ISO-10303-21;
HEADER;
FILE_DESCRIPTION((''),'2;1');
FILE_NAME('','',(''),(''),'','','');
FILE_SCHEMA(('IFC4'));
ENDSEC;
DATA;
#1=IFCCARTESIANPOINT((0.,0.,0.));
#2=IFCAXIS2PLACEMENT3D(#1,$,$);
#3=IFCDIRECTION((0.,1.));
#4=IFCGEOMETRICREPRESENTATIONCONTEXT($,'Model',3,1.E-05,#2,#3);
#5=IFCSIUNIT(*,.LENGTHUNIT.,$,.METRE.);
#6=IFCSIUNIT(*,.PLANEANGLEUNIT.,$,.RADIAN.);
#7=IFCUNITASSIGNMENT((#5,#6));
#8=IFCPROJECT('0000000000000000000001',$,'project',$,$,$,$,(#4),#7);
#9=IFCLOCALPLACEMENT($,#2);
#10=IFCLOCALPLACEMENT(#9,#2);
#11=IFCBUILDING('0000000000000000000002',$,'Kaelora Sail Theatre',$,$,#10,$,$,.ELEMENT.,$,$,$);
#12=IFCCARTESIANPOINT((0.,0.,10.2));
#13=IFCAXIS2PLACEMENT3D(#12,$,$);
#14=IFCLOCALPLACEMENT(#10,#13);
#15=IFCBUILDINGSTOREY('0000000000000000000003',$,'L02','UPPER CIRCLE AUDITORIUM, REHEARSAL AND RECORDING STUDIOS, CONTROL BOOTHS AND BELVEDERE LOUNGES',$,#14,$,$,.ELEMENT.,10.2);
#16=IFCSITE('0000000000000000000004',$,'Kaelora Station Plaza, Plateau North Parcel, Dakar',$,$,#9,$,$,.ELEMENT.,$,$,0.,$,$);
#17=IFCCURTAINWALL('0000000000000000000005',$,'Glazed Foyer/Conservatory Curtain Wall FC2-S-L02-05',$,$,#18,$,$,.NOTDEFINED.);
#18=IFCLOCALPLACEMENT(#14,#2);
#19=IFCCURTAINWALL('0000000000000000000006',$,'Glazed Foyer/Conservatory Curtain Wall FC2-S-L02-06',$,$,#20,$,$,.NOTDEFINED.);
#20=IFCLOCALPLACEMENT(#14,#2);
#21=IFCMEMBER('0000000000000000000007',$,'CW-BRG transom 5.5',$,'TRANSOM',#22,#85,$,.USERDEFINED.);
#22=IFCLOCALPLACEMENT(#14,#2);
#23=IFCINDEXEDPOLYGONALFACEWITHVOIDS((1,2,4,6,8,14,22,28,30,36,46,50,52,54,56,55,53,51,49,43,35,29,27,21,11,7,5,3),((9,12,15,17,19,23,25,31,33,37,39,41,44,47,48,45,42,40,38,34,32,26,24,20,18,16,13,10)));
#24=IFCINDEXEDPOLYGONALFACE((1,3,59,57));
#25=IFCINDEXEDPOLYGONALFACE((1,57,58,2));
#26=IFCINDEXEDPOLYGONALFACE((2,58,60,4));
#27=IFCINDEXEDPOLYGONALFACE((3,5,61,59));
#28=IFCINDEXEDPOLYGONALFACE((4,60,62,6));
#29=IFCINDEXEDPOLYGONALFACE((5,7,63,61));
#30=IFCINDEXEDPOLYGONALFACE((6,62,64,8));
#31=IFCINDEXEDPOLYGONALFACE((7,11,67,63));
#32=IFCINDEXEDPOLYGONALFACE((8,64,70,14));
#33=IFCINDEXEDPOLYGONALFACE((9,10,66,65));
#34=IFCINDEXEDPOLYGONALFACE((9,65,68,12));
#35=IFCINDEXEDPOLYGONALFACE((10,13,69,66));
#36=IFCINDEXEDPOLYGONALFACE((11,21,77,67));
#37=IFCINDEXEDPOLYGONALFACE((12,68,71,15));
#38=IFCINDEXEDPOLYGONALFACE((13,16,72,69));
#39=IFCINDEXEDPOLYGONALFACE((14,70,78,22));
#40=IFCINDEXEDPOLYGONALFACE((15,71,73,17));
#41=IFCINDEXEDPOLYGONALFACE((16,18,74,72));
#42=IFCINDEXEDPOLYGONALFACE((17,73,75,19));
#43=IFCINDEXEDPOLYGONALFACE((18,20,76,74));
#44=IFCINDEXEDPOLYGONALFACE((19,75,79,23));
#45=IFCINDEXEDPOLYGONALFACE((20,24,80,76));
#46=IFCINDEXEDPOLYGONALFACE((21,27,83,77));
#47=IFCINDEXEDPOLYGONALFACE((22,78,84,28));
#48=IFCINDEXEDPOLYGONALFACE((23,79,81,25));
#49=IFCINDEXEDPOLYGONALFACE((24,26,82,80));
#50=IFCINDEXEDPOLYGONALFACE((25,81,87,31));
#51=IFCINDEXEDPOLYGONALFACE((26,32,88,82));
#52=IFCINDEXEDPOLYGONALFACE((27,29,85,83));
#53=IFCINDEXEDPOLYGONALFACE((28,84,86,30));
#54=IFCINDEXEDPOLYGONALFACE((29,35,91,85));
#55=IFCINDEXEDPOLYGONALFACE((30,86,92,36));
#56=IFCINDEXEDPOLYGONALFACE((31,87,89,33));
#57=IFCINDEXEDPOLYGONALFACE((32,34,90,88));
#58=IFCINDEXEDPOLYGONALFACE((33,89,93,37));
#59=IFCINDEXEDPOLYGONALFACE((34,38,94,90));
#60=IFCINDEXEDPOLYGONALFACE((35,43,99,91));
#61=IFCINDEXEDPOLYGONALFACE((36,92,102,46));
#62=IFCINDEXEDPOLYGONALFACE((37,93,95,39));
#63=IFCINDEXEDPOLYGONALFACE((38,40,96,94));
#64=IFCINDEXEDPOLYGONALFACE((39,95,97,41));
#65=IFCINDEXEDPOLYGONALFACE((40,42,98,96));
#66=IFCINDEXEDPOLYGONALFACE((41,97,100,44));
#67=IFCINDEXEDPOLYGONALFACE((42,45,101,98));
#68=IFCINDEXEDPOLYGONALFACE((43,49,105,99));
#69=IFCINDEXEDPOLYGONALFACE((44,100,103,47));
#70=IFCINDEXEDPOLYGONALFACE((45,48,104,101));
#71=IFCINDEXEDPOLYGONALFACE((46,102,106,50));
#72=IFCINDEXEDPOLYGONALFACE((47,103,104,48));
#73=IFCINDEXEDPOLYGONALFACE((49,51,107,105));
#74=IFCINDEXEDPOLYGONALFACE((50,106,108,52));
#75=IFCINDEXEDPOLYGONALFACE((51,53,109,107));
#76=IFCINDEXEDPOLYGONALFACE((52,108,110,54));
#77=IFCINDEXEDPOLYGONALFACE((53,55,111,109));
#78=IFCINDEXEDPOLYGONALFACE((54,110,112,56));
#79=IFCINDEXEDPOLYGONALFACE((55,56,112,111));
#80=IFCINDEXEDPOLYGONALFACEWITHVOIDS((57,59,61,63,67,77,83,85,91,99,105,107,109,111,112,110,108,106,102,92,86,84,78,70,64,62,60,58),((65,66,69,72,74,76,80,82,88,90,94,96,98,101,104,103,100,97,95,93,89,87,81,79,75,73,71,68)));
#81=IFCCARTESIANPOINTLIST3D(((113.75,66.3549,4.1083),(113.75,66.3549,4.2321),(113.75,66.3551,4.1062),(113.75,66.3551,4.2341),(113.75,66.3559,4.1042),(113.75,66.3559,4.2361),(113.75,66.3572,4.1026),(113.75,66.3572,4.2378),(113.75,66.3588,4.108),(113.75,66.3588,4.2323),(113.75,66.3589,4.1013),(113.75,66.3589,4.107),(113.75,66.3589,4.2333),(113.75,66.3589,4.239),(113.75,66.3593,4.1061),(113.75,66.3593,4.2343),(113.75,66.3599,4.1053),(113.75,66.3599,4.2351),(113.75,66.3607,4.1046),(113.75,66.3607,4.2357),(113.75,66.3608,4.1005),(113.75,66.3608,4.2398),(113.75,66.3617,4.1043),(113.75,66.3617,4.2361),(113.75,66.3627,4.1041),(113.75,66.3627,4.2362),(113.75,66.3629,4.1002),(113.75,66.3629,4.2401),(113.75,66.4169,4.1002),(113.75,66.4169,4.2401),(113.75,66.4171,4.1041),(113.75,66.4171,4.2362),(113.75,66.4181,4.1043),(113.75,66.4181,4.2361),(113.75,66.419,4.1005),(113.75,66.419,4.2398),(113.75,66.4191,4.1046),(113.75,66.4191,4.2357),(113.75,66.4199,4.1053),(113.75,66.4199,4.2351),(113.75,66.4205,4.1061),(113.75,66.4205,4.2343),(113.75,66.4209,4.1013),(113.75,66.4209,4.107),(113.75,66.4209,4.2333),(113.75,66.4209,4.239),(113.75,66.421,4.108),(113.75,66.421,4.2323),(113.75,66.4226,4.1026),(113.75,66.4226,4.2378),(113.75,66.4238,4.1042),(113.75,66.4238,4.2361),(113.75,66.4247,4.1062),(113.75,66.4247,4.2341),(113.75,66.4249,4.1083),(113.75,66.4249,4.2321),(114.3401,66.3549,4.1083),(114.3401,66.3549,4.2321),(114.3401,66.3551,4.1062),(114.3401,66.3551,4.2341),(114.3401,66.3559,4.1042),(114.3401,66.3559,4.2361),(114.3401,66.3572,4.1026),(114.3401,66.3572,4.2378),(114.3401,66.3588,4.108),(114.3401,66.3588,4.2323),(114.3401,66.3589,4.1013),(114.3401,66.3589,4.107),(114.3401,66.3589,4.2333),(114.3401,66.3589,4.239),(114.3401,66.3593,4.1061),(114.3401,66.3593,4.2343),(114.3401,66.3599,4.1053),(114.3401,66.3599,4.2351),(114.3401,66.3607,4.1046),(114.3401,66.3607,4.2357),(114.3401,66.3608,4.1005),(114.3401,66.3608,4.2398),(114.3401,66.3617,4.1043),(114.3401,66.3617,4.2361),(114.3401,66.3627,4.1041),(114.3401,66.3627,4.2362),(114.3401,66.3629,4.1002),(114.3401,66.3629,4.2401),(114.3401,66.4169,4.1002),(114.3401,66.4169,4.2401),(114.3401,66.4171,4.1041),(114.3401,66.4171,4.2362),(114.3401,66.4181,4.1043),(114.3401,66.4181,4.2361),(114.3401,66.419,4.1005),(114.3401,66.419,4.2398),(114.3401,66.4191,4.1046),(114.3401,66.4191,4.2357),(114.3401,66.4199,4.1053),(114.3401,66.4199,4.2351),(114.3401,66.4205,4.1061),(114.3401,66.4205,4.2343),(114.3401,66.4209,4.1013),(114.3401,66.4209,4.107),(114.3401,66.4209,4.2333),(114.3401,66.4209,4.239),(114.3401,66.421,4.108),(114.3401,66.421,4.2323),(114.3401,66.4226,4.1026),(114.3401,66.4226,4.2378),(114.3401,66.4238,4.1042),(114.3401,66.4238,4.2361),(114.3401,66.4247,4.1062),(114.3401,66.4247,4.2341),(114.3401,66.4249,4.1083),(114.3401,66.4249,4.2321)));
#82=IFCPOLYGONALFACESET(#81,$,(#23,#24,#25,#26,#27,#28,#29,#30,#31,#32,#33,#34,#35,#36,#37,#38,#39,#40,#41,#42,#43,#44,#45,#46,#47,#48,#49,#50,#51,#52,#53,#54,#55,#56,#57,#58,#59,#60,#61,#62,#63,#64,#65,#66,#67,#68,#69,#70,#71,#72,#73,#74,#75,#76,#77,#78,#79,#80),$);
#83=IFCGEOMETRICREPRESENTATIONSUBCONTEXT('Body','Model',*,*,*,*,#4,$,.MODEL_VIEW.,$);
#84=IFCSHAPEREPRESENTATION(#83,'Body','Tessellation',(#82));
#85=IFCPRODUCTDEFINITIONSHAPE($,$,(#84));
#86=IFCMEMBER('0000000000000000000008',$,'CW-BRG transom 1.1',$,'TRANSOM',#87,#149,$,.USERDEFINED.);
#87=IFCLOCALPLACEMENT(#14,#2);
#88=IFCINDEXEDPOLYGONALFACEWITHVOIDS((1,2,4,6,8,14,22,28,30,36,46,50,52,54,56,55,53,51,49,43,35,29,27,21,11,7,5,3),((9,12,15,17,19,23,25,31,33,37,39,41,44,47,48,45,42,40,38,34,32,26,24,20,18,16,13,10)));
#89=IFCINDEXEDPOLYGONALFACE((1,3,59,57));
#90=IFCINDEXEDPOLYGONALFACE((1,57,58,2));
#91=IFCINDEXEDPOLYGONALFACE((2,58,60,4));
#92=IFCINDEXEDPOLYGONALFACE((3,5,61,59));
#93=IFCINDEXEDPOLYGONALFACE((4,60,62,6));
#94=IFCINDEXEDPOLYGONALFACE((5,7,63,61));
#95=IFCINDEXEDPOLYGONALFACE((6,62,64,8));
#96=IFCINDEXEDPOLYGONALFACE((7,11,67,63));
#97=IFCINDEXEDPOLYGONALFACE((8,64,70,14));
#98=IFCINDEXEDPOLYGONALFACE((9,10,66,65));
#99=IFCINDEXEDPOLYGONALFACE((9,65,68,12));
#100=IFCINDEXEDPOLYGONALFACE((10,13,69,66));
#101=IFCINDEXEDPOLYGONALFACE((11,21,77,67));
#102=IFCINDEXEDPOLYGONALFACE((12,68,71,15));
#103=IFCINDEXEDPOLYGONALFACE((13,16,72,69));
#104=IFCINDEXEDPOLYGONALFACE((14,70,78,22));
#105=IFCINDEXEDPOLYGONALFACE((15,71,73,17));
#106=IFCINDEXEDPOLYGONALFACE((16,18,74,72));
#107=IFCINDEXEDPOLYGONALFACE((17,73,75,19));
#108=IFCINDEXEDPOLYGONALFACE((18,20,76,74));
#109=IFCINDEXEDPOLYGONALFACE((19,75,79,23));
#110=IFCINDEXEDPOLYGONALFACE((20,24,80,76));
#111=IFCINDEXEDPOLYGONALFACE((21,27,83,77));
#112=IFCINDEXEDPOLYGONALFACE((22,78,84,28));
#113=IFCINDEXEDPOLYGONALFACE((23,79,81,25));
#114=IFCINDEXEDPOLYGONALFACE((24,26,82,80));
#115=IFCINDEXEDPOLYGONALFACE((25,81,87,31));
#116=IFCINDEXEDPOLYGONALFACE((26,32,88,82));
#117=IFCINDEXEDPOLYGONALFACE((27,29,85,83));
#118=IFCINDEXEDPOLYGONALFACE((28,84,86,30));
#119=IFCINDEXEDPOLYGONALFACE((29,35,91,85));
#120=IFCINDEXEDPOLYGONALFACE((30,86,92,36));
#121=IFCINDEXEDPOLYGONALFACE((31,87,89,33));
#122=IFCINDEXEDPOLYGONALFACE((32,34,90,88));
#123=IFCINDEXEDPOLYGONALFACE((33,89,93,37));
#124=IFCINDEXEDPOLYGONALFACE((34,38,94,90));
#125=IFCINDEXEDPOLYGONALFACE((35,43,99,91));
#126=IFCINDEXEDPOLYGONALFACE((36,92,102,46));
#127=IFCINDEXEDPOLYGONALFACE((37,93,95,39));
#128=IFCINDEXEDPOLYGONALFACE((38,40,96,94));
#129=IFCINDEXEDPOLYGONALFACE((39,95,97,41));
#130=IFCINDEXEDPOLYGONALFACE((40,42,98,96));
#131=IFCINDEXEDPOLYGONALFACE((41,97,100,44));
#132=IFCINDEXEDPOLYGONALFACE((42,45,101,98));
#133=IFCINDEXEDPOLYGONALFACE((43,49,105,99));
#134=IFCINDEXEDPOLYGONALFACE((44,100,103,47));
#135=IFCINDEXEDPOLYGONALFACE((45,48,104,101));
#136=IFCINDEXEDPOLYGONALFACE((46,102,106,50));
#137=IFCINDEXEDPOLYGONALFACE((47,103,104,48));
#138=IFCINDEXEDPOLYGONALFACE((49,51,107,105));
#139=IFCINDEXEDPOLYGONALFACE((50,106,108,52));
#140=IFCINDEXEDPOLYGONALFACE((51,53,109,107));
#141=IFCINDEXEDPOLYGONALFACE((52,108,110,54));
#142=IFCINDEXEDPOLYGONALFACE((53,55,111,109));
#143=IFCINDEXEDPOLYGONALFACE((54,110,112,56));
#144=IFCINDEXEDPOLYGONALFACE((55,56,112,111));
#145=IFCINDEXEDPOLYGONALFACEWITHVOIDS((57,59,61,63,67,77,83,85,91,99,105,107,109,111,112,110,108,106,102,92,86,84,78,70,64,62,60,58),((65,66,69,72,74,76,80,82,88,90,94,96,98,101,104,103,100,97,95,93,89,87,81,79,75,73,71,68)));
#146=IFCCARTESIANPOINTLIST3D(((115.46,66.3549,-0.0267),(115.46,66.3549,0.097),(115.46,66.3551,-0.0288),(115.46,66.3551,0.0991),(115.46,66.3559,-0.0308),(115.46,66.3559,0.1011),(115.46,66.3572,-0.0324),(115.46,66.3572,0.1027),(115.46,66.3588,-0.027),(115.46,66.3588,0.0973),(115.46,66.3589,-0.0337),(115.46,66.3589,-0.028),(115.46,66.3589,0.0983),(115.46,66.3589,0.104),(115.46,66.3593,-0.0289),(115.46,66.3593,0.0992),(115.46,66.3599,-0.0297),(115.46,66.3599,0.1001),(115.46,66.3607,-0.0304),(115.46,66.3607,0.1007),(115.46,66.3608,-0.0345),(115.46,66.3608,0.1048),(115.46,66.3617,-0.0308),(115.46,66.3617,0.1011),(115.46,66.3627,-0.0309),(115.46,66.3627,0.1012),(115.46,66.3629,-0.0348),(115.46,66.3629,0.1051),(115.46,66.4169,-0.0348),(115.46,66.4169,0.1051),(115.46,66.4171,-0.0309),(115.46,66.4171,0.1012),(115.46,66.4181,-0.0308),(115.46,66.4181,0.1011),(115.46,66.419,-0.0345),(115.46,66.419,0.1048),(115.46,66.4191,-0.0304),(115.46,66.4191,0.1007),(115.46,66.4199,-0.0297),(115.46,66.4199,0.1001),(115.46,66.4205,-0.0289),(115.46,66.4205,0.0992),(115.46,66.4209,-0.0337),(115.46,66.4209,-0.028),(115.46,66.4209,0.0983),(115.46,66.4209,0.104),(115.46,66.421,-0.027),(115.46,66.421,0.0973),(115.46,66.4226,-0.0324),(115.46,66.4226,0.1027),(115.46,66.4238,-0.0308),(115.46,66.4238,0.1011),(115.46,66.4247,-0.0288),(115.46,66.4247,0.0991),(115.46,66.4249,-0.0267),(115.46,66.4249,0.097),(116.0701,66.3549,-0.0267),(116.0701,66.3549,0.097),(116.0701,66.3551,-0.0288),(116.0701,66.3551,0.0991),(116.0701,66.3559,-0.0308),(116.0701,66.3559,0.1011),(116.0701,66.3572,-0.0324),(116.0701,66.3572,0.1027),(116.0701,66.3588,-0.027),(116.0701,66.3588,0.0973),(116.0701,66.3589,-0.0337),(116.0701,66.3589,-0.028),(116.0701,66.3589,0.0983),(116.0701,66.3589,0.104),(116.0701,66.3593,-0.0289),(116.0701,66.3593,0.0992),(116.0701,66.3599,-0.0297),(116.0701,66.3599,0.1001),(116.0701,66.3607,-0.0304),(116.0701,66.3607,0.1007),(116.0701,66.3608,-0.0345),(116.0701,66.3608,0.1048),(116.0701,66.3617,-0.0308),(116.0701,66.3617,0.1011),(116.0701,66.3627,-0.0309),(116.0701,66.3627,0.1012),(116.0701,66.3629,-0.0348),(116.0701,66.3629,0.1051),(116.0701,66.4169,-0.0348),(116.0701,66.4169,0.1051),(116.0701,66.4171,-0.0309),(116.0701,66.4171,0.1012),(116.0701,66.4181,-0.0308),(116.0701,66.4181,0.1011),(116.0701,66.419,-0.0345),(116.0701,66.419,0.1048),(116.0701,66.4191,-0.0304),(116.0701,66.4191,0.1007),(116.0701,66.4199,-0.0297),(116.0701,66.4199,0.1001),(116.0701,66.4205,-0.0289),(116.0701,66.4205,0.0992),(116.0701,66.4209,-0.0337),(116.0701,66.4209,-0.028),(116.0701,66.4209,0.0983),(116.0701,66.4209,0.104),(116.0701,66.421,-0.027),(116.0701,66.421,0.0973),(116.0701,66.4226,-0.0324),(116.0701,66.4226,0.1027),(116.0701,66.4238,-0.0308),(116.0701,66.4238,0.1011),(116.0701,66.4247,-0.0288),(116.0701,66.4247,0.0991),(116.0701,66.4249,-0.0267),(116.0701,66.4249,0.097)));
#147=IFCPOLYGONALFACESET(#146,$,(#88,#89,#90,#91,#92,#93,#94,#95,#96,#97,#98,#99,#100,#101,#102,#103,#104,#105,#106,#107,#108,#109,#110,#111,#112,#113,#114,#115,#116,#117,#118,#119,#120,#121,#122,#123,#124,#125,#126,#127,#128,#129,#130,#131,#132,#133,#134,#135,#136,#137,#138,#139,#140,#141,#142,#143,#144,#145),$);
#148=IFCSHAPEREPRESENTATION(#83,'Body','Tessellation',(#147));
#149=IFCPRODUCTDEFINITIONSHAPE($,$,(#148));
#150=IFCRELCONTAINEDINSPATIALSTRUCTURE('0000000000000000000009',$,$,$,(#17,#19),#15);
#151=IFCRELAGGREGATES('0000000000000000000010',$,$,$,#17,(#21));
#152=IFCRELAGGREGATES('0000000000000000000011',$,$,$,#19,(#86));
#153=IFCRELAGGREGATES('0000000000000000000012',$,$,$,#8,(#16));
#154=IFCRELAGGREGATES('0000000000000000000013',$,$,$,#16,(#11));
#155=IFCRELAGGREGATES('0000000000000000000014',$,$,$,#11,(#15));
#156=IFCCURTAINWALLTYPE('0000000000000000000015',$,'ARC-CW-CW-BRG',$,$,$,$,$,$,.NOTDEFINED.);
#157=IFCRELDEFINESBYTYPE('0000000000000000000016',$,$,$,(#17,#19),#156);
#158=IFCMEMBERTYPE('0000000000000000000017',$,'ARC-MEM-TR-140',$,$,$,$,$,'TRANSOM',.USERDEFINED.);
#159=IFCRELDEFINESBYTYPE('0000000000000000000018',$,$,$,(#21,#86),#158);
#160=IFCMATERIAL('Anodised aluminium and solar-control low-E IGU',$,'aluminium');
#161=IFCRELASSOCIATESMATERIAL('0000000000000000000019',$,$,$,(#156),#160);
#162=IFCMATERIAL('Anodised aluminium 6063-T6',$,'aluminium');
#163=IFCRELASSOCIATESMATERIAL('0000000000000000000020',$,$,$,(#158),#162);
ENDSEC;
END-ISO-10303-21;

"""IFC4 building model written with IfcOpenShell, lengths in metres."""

from ifc_helpers import new_model, si_unit, direction, frame, origin, origin_2d, place, context, subcontext, project, spatial, hollow_rectangle, extrude, material, material_profile, profile_set, type_object, element, aggregate, save


model = new_model("IFC4")

# Units and contexts
model_context = context("Model", 3, precision=1e-05, world=origin(), true_north=direction((0.0, 1.0)))
body_context = subcontext(model_context, "Body", "Model", "MODEL_VIEW")
ifc_project = project(units=[si_unit("LENGTHUNIT", "METRE"), si_unit("PLANEANGLEUNIT", "RADIAN")], contexts=[model_context])

# Site, building, storey
site_placement = place(None, origin())
site = spatial("IfcSite", under=ifc_project, at=site_placement, Name="Kaelora Station Plaza, Plateau North Parcel, Dakar", CompositionType="ELEMENT", RefElevation=0.0)
building_placement = place(site_placement, origin())
building = spatial("IfcBuilding", under=site, at=building_placement, Name="Kaelora Sail Theatre", CompositionType="ELEMENT")
storey_placement = place(building_placement, frame((0.0, 0.0, 10.2)))
storey = spatial("IfcBuildingStorey", under=building, at=storey_placement, Name="L02", Description="UPPER CIRCLE AUDITORIUM, REHEARSAL AND RECORDING STUDIOS, CONTROL BOOTHS AND BELVEDERE LOUNGES", CompositionType="ELEMENT", Elevation=10.2)

# Curtain walls
ifc_material_1 = material(Name="Anodised aluminium and solar-control low-E IGU", Category="aluminium")
curtain_wall_type = type_object("IfcCurtainWallType", Name="ARC-CW-CW-BRG", PredefinedType="NOTDEFINED", material=ifc_material_1)
curtain_wall_1_placement = place(storey_placement, origin())
curtain_wall_1 = element("IfcCurtainWall", 1, at=curtain_wall_1_placement, inside=storey, type_object=curtain_wall_type, Name="Glazed Foyer/Conservatory Curtain Wall FC2-S-L02-05", PredefinedType="NOTDEFINED")
curtain_wall_2_placement = place(storey_placement, origin())
curtain_wall_2 = element("IfcCurtainWall", 2, at=curtain_wall_2_placement, inside=storey, type_object=curtain_wall_type, Name="Glazed Foyer/Conservatory Curtain Wall FC2-S-L02-06", PredefinedType="NOTDEFINED")

# Members
ifc_material_2 = material(Name="Anodised aluminium 6063-T6", Category="aluminium")
ifc_material_profile_1 = material_profile(ifc_material_2, hollow_rectangle(XDim=0.0701, YDim=0.1399, WallThickness=0.0039, InnerFilletRadius=0.0039, OuterFilletRadius=0.0081, at=origin_2d()), Name="ALU-TRAN 70x140x4")
ifc_profile_set_1 = profile_set([ifc_material_profile_1], Name="Anodised aluminium 6063-T6")
member_type_1 = type_object("IfcMemberType", Name="ARC-MEM-TR-140", ElementType="TRANSOM", PredefinedType="USERDEFINED", material=ifc_profile_set_1)
member_1_placement = place(storey_placement, frame((113.75, 66.3899, 4.1702), z_axis=(1.0, 0.0, 0.0), x_axis=(0.0, 1.0, 0.0)))
member_1 = element("IfcMember", 3, at=member_1_placement, type_object=member_type_1, Name="CW-BRG transom 5.5", ObjectType="TRANSOM", PredefinedType="USERDEFINED", context=body_context, shape_type="SweptSolid", body=[
    extrude(hollow_rectangle(XDim=0.0701, YDim=0.1399, WallThickness=0.0039, InnerFilletRadius=0.0039, OuterFilletRadius=0.0081, at=origin_2d()), origin(), (0.0, 0.0, 1.0), 0.5901),
])
member_2_placement = place(storey_placement, frame((115.46, 66.3899, 0.0352), z_axis=(1.0, 0.0, 0.0), x_axis=(0.0, 1.0, 0.0)))
member_2 = element("IfcMember", 4, at=member_2_placement, type_object=member_type_1, Name="CW-BRG transom 1.1", ObjectType="TRANSOM", PredefinedType="USERDEFINED", context=body_context, shape_type="SweptSolid", body=[
    extrude(hollow_rectangle(XDim=0.0701, YDim=0.1399, WallThickness=0.0039, InnerFilletRadius=0.0039, OuterFilletRadius=0.0081, at=origin_2d()), origin(), (0.0, 0.0, 1.0), 0.6101),
])

aggregate(curtain_wall_1, [member_1])
aggregate(curtain_wall_2, [member_2])

save(model, "model.ifc")
